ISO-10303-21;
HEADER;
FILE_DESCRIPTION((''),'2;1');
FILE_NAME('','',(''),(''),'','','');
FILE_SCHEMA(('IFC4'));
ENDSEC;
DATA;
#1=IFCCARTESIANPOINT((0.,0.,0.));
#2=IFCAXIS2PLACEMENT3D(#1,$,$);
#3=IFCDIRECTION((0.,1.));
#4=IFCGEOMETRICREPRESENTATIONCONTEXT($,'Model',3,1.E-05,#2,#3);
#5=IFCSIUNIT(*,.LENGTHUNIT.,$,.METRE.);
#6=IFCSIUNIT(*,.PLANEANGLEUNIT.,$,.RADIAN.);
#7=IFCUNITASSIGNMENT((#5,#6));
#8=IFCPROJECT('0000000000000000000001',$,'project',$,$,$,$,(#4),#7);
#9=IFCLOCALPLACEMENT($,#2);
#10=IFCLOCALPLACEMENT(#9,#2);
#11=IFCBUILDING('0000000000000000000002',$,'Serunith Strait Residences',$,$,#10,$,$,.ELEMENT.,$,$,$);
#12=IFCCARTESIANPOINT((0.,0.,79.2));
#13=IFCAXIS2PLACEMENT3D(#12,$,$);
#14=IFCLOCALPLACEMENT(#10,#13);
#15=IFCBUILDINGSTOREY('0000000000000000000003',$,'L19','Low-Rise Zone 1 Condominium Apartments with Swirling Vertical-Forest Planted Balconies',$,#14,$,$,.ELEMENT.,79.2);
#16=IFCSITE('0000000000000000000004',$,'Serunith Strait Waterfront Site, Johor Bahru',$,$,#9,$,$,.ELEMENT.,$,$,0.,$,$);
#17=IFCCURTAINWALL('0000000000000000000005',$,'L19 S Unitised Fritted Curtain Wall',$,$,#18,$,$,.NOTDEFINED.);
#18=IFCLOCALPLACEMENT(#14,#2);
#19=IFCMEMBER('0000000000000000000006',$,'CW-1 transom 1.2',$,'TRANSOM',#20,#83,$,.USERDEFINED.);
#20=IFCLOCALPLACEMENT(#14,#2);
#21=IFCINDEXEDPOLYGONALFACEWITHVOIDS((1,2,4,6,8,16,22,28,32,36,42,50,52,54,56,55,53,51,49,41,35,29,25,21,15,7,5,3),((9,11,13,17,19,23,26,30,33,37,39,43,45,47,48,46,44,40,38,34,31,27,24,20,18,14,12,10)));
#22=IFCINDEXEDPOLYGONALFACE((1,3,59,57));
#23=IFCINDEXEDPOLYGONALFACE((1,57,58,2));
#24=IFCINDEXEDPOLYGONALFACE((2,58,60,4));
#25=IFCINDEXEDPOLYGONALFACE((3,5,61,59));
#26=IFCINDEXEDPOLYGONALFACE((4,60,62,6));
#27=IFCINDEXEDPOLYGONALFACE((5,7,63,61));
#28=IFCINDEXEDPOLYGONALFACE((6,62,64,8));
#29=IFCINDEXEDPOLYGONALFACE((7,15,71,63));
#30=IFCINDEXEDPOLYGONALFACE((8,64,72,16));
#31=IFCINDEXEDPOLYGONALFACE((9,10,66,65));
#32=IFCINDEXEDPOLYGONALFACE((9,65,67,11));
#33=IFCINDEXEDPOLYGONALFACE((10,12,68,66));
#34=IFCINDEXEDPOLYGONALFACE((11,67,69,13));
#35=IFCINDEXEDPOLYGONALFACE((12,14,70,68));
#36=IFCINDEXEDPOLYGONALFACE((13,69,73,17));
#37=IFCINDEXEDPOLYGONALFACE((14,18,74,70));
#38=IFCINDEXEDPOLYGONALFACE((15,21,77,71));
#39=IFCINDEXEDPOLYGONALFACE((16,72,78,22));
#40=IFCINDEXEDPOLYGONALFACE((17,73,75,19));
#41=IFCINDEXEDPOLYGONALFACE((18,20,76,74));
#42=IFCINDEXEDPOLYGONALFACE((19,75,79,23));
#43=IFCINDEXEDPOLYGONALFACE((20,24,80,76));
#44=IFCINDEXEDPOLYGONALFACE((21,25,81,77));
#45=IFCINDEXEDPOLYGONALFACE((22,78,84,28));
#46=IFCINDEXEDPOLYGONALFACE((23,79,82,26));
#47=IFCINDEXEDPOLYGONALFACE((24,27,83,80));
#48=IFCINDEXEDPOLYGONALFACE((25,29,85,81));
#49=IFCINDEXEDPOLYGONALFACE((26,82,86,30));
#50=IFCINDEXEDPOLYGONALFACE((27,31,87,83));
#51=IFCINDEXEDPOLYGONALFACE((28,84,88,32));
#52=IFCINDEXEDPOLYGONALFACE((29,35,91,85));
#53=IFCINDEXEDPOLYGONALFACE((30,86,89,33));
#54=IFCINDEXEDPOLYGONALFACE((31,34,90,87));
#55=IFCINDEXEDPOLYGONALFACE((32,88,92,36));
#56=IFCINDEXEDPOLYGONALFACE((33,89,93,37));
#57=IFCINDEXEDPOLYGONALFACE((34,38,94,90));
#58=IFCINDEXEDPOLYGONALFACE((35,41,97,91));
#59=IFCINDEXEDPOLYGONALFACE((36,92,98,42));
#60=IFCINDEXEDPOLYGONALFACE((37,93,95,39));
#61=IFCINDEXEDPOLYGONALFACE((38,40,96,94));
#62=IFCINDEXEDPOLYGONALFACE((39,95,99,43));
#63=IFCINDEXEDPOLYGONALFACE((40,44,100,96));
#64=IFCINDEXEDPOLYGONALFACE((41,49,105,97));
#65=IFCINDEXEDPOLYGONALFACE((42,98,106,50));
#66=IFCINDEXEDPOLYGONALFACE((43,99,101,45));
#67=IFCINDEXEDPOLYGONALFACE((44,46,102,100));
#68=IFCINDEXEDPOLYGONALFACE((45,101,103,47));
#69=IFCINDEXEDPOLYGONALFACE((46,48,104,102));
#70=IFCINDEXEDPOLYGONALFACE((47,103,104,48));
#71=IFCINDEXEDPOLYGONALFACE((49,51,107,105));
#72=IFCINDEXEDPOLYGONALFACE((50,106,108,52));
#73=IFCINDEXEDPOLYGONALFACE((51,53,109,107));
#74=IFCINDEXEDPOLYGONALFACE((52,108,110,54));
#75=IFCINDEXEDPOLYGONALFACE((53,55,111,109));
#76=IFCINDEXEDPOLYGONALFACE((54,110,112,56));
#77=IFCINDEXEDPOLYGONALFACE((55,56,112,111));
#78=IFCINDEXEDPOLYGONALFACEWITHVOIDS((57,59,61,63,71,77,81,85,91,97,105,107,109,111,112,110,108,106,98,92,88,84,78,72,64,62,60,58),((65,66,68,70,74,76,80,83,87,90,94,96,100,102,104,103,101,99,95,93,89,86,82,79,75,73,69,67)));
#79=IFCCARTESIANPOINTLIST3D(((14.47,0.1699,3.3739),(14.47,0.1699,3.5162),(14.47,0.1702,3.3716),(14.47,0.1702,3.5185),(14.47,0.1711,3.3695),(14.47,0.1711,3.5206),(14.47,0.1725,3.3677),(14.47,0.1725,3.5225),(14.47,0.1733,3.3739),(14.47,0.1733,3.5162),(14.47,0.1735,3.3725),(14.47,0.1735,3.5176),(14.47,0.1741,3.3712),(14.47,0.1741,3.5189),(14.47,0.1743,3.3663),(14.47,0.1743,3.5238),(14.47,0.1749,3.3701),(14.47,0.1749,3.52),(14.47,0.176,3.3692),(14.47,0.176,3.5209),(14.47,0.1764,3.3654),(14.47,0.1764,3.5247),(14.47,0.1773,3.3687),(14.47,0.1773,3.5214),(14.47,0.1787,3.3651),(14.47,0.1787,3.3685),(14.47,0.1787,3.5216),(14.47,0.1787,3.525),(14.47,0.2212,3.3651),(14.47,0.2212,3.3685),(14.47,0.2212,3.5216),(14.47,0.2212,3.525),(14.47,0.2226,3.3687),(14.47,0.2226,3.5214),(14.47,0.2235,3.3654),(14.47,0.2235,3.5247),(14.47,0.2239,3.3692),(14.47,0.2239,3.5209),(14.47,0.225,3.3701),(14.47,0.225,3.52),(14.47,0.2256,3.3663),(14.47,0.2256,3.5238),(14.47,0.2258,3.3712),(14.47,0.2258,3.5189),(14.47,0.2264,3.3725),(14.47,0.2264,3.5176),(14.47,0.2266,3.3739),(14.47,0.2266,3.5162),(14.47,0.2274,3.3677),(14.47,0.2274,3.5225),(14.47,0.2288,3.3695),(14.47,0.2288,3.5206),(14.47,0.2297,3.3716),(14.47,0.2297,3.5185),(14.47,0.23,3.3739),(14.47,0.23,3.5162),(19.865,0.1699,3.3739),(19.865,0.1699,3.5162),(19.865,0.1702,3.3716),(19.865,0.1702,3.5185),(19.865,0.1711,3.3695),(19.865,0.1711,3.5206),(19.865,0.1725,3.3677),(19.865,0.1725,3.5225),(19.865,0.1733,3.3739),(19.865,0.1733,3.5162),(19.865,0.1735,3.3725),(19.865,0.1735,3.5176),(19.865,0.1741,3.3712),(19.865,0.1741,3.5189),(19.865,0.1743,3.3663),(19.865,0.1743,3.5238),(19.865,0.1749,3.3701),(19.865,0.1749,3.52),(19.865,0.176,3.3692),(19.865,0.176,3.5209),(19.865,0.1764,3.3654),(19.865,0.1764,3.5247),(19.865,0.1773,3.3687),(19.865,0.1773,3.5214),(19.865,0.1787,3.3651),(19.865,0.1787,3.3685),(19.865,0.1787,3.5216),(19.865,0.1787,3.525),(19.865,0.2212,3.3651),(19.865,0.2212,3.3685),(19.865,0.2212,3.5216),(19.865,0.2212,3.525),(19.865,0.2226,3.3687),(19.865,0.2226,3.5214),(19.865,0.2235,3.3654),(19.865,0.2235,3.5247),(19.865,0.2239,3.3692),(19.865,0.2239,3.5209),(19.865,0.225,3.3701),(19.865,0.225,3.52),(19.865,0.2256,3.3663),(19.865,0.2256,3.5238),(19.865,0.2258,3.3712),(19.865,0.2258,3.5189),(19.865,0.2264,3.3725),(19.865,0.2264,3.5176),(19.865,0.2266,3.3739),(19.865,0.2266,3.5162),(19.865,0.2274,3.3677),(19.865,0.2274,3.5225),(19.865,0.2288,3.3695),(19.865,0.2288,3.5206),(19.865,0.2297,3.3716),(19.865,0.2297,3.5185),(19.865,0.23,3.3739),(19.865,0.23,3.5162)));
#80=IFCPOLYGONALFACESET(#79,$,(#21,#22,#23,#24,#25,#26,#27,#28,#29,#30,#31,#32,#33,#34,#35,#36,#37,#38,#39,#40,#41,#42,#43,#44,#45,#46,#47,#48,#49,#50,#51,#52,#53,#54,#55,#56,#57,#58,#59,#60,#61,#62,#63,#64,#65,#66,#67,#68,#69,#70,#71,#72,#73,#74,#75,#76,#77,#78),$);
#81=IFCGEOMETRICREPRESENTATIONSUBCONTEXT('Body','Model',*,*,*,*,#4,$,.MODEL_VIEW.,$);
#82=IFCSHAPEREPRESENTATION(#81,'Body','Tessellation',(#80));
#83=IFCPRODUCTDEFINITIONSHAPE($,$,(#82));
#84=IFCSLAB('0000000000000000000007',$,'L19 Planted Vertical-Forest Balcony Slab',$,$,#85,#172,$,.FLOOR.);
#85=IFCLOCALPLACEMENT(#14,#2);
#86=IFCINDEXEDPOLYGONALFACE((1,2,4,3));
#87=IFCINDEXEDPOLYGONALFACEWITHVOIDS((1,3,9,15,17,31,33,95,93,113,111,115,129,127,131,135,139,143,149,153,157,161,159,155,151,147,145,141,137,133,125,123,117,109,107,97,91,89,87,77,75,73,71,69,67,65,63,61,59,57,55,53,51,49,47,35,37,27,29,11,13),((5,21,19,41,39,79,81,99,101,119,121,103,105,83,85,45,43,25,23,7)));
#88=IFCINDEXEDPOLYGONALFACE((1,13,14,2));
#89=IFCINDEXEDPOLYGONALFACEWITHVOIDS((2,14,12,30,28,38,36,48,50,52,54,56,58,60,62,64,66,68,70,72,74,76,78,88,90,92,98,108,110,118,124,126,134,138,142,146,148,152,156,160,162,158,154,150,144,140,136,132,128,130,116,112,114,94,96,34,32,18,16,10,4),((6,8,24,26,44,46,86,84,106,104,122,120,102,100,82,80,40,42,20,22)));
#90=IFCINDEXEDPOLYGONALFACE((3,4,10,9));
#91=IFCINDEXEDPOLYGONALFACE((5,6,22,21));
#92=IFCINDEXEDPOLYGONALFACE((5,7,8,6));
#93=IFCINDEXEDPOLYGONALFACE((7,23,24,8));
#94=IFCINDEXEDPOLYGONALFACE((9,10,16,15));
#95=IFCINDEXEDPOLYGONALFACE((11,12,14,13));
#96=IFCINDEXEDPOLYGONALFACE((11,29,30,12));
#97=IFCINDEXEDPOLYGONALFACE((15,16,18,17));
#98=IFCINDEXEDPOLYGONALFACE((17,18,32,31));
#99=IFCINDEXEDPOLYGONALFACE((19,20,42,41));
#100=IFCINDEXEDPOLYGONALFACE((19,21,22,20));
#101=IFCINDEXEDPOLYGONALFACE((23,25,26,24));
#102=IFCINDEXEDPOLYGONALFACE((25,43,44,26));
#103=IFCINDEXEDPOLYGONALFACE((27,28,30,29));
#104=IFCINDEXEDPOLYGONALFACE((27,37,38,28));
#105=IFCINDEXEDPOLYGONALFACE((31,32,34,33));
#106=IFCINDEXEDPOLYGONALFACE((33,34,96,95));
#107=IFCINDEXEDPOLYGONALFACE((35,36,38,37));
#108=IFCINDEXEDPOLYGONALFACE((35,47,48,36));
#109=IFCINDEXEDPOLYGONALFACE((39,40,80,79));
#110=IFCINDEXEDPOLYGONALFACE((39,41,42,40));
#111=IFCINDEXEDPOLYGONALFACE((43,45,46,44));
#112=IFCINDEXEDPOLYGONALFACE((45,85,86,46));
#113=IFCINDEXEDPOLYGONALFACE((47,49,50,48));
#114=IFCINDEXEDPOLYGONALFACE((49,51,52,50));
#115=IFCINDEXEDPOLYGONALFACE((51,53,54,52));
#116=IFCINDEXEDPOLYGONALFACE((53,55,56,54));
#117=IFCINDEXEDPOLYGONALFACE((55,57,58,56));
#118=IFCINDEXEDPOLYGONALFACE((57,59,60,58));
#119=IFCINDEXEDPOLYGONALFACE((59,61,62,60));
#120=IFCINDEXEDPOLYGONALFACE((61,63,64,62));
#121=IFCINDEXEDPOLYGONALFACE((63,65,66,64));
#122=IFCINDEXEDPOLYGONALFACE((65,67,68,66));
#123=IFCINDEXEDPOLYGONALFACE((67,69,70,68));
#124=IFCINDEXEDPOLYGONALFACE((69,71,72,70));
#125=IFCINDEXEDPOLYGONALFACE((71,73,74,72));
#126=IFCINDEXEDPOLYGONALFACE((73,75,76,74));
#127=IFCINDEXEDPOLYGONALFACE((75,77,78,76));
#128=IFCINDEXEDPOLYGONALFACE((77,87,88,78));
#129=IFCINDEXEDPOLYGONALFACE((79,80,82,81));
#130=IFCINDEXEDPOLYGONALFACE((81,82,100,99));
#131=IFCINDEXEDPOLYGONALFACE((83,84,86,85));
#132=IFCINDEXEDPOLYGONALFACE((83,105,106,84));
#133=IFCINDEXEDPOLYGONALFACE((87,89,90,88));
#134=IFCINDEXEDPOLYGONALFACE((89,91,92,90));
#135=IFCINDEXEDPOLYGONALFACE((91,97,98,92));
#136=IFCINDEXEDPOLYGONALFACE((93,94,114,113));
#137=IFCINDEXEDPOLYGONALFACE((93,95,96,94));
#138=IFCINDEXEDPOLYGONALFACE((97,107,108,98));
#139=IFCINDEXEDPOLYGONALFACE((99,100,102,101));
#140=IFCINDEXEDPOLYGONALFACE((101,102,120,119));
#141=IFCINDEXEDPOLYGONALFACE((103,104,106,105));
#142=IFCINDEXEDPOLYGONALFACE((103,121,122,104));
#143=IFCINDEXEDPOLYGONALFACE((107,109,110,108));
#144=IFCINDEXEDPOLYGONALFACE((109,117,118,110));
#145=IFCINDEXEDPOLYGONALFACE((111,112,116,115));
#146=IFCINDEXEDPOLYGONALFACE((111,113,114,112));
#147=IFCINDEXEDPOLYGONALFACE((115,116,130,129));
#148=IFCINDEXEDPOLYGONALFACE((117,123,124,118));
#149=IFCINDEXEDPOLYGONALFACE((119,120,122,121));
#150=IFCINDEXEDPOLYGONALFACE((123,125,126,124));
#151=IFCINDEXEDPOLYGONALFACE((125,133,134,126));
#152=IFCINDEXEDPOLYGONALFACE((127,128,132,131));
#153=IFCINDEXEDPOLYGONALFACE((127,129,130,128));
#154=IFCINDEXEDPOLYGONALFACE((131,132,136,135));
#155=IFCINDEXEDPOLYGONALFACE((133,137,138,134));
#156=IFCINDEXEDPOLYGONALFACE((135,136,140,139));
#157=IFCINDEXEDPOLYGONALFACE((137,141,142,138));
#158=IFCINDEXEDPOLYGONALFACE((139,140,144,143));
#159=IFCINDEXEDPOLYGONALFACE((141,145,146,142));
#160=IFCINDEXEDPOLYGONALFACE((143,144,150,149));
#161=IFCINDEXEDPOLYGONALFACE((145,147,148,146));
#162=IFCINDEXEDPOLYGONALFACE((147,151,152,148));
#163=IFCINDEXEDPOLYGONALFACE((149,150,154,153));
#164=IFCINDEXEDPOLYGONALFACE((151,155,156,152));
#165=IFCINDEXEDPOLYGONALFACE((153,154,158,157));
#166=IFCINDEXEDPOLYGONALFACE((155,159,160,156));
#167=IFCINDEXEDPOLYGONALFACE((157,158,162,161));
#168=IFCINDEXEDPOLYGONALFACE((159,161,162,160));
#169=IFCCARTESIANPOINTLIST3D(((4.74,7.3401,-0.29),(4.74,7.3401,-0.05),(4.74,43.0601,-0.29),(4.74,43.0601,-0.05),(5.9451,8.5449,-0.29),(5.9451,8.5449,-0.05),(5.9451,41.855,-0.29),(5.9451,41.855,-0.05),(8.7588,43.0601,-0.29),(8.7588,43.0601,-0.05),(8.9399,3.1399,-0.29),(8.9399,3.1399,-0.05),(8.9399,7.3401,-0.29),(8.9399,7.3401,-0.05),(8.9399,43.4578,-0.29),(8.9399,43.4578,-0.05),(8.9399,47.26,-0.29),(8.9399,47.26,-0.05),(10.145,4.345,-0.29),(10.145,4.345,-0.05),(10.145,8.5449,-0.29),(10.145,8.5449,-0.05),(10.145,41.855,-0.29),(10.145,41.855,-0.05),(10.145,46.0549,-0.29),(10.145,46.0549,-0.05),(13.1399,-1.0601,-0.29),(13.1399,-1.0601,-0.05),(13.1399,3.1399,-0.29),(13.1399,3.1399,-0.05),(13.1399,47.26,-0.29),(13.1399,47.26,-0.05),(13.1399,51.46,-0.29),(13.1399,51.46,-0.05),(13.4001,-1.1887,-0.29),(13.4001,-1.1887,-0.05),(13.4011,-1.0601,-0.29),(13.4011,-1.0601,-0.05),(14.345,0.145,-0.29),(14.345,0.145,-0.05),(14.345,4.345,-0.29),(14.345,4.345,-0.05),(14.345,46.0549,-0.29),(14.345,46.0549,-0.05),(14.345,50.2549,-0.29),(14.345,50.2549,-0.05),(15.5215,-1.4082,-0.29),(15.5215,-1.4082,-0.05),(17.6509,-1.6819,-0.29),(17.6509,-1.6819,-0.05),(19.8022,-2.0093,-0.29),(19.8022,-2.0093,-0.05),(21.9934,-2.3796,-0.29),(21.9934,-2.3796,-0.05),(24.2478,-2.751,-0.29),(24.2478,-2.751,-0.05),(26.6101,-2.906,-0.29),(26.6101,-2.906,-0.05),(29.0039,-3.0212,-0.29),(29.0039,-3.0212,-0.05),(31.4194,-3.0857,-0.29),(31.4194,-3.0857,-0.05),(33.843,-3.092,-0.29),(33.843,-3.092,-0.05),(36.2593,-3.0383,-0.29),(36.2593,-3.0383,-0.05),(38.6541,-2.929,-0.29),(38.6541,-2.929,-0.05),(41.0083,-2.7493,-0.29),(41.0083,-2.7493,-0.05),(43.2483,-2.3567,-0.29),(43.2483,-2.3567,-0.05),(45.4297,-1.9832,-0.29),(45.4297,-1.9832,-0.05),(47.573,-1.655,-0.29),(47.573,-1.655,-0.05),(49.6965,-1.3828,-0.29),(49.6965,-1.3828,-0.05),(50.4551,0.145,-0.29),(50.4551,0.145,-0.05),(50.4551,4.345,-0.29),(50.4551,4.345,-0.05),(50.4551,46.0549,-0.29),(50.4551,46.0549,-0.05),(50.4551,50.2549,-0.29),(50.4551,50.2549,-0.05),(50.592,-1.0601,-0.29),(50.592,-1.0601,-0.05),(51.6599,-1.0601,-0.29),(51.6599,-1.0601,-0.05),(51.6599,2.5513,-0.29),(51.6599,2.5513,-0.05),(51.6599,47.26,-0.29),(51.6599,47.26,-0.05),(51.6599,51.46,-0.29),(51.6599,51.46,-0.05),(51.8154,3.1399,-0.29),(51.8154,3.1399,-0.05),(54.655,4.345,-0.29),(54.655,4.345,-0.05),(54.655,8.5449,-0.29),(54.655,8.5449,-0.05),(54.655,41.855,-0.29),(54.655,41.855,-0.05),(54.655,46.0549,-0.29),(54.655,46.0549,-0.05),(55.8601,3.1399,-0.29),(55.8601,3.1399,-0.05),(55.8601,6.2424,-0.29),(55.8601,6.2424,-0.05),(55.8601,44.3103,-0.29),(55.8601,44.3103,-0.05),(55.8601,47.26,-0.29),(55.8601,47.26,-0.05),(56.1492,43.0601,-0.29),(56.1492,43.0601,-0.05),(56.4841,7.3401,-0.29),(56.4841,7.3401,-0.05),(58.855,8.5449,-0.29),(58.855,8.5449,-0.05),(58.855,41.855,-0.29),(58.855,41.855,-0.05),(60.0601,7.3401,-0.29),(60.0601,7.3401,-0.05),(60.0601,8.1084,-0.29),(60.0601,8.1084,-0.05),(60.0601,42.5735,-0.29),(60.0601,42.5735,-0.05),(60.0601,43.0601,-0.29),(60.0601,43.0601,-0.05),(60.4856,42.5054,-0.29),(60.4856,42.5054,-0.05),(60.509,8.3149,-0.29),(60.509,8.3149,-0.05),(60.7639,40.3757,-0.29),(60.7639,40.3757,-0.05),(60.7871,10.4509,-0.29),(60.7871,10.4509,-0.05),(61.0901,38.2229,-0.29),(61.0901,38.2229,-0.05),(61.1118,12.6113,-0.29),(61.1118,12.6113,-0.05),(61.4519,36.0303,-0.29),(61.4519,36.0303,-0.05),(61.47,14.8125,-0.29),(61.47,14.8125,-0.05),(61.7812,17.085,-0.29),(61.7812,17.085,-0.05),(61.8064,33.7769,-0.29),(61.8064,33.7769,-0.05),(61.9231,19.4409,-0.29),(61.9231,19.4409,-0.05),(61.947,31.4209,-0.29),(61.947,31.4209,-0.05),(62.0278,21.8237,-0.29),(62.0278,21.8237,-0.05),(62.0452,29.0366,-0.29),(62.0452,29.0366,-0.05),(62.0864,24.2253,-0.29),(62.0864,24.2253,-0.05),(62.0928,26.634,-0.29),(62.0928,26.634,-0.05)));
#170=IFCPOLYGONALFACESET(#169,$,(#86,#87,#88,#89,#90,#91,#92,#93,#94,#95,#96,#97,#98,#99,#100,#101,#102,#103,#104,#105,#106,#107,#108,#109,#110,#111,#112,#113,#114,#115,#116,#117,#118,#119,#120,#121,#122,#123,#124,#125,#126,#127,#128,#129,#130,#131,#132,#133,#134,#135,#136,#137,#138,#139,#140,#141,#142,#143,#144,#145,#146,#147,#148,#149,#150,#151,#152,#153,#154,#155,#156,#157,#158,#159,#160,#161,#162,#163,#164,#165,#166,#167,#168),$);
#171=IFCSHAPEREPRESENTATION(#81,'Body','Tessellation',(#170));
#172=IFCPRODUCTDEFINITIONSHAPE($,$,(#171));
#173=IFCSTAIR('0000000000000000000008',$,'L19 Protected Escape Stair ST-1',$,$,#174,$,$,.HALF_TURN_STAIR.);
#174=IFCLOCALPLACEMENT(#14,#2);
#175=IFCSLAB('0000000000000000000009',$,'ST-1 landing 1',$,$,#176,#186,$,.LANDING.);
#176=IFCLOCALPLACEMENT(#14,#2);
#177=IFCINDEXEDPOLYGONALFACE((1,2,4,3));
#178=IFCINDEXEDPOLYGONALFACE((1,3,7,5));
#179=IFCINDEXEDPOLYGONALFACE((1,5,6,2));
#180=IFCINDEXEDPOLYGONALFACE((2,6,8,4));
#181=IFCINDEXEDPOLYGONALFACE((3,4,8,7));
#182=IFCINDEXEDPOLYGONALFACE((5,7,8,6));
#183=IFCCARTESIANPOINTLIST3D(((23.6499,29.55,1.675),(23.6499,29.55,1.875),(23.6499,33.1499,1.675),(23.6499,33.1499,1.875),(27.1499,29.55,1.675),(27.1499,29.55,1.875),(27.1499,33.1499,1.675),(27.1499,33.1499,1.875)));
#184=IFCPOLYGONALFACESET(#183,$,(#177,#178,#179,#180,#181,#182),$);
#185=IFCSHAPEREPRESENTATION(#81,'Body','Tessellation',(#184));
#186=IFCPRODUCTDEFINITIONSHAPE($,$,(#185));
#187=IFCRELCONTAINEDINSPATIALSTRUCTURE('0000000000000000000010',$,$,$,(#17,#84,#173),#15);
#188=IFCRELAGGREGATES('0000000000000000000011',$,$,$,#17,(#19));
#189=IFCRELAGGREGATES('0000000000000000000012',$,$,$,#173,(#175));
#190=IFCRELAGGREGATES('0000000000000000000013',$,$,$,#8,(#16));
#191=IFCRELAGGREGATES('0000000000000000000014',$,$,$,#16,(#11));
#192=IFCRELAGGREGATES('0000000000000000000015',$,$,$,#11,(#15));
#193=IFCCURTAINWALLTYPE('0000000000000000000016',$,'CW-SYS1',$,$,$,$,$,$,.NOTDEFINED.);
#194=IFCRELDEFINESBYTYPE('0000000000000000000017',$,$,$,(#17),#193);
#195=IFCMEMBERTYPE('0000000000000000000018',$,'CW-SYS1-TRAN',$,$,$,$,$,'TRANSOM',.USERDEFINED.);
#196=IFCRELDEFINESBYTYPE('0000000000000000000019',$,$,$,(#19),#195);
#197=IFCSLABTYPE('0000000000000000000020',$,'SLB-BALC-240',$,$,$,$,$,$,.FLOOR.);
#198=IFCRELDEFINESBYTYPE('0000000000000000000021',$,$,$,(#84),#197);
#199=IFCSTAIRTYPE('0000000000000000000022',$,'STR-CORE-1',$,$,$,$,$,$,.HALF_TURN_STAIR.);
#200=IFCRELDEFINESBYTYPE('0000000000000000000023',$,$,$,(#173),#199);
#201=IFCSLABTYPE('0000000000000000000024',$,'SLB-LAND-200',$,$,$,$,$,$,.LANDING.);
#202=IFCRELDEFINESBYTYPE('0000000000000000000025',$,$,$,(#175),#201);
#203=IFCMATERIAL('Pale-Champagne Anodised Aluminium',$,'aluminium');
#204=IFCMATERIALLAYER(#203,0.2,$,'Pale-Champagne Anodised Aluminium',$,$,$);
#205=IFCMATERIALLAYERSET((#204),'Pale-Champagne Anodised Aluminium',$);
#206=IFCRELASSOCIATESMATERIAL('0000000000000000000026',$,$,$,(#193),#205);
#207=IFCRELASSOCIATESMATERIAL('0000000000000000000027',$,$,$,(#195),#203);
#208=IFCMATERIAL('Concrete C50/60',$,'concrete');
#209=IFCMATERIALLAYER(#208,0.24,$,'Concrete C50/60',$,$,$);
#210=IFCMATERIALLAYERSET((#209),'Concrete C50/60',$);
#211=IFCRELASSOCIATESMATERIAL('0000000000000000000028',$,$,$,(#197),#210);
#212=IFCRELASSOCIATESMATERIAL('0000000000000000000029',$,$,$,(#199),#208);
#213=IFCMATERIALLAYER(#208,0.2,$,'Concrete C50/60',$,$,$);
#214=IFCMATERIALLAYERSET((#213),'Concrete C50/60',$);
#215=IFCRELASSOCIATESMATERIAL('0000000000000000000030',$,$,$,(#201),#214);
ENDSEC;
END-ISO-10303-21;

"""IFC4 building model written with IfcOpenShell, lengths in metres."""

from ifc_helpers import new_model, si_unit, direction, frame, origin, origin_2d, place, context, subcontext, project, spatial, polyline, hollow_rectangle, outline, extrude, source, transform, mapped, material, layer, layer_set, material_profile, profile_set, type_object, element, aggregate, save


model = new_model("IFC4")

# Units and contexts
model_context = context("Model", 3, precision=1e-05, world=origin(), true_north=direction((0.0, 1.0)))
body_context = subcontext(model_context, "Body", "Model", "MODEL_VIEW")
ifc_project = project(units=[si_unit("LENGTHUNIT", "METRE"), si_unit("PLANEANGLEUNIT", "RADIAN")], contexts=[model_context])

# Site, building, storey
site_placement = place(None, origin())
site = spatial("IfcSite", under=ifc_project, at=site_placement, Name="Serunith Strait Waterfront Site, Johor Bahru", CompositionType="ELEMENT", RefElevation=0.0)
building_placement = place(site_placement, origin())
building = spatial("IfcBuilding", under=site, at=building_placement, Name="Serunith Strait Residences", CompositionType="ELEMENT")
storey_placement = place(building_placement, frame((0.0, 0.0, 79.2)))
storey = spatial("IfcBuildingStorey", under=building, at=storey_placement, Name="L19", Description="Low-Rise Zone 1 Condominium Apartments with Swirling Vertical-Forest Planted Balconies", CompositionType="ELEMENT", Elevation=79.2)

# Curtain wall
ifc_material_1 = material(Name="Pale-Champagne Anodised Aluminium", Category="aluminium")
ifc_layer_1 = layer(ifc_material_1, 0.2, Name="Pale-Champagne Anodised Aluminium")
ifc_layer_set_1 = layer_set([ifc_layer_1], Name="Pale-Champagne Anodised Aluminium")
curtain_wall_type = type_object("IfcCurtainWallType", Name="CW-SYS1", PredefinedType="NOTDEFINED", material=ifc_layer_set_1)
curtain_wall_1_placement = place(storey_placement, origin())
curtain_wall_1 = element("IfcCurtainWall", 1, at=curtain_wall_1_placement, inside=storey, type_object=curtain_wall_type, Name="L19 S Unitised Fritted Curtain Wall", PredefinedType="NOTDEFINED")

# Member
ifc_material_profile_1 = material_profile(ifc_material_1, hollow_rectangle(XDim=0.0601, YDim=0.1599, WallThickness=0.0034, InnerFilletRadius=0.0054, OuterFilletRadius=0.0088, at=origin_2d()), Name="ALU 160x60x3.5")
ifc_profile_set_1 = profile_set([ifc_material_profile_1], Name="Pale-Champagne Anodised Aluminium")
member_type_1 = type_object("IfcMemberType", Name="CW-SYS1-TRAN", ElementType="TRANSOM", PredefinedType="USERDEFINED", material=ifc_profile_set_1)
shared_shape_1 = source(origin(), body_context, "Body", "SweptSolid", [
    extrude(hollow_rectangle(XDim=0.0601, YDim=0.1599, WallThickness=0.0034, InnerFilletRadius=0.0054, OuterFilletRadius=0.0088, at=origin_2d()), origin(), (0.0, 0.0, 1.0), 5.395),
])
member_1_placement = place(storey_placement, frame((14.47, 0.2, 3.4451), z_axis=(1.0, 0.0, 0.0), x_axis=(0.0, 1.0, 0.0)))
member_1 = element("IfcMember", 2, at=member_1_placement, type_object=member_type_1, Name="CW-1 transom 1.2", ObjectType="TRANSOM", PredefinedType="USERDEFINED", context=body_context, shape_type="MappedRepresentation", body=[
    mapped(shared_shape_1, transform((0.0, 0.0, 0.0), scale=1.0)),
])
aggregate(curtain_wall_1, [member_1])

# Slab
ifc_material_2 = material(Name="Concrete C50/60", Category="concrete")
ifc_layer_2 = layer(ifc_material_2, 0.24, Name="Concrete C50/60")
ifc_layer_set_2 = layer_set([ifc_layer_2], Name="Concrete C50/60")
slab_type_1 = type_object("IfcSlabType", Name="SLB-BALC-240", PredefinedType="FLOOR", material=ifc_layer_set_2)
slab_1_placement = place(storey_placement, frame((0.0, 0.0, -0.29)))
element("IfcSlab", 3, at=slab_1_placement, inside=storey, type_object=slab_type_1, Name="L19 Planted Vertical-Forest Balcony Slab", PredefinedType="FLOOR", context=body_context, shape_type="SweptSolid", body=[
    extrude(outline(polyline([(13.1399, 3.1399), (8.9399, 3.1399), (8.9399, 7.3401), (4.74, 7.3401), (4.74, 43.0601), (8.7588, 43.0601), (8.9399, 43.4578), (8.9399, 47.26), (13.1399, 47.26), (13.1399, 51.46), (51.6599, 51.46), (51.6599, 47.26), (55.8601, 47.26), (55.8601, 44.3103), (56.1492, 43.0601), (60.0601, 43.0601), (60.0601, 42.5735), (60.4856, 42.5054), (60.7639, 40.3757), (61.0901, 38.2229), (61.4519, 36.0303), (61.8064, 33.7769), (61.947, 31.4209), (62.0452, 29.0366), (62.0928, 26.634), (62.0864, 24.2253), (62.0278, 21.8237), (61.9231, 19.4409), (61.7812, 17.085), (61.47, 14.8125), (61.1118, 12.6113), (60.7871, 10.4509), (60.509, 8.3149), (60.0601, 8.1084), (60.0601, 7.3401), (56.4841, 7.3401), (55.8601, 6.2424), (55.8601, 3.1399), (51.8154, 3.1399), (51.6599, 2.5513), (51.6599, -1.0601), (50.592, -1.0601), (49.6965, -1.3828), (47.573, -1.655), (45.4297, -1.9832), (43.2483, -2.3567), (41.0083, -2.7493), (38.6541, -2.929), (36.2593, -3.0383), (33.843, -3.092), (31.4194, -3.0857), (29.0039, -3.0212), (26.6101, -2.906), (24.2478, -2.751), (21.9934, -2.3796), (19.8022, -2.0093), (17.6509, -1.6819), (15.5215, -1.4082), (13.4001, -1.1887), (13.4011, -1.0601), (13.1399, -1.0601), (13.1399, 3.1399)]), holes=[polyline([(50.4551, 0.145), (50.4551, 4.345), (54.655, 4.345), (54.655, 8.5449), (58.855, 8.5449), (58.855, 41.855), (54.655, 41.855), (54.655, 46.0549), (50.4551, 46.0549), (50.4551, 50.2549), (14.345, 50.2549), (14.345, 46.0549), (10.145, 46.0549), (10.145, 41.855), (5.9451, 41.855), (5.9451, 8.5449), (10.145, 8.5449), (10.145, 4.345), (14.345, 4.345), (14.345, 0.145), (50.4551, 0.145)])]), origin(), (0.0, 0.0, 1.0), 0.24),
])

# Stair, slab
stair_type_1 = type_object("IfcStairType", Name="STR-CORE-1", PredefinedType="HALF_TURN_STAIR", material=ifc_material_2)
stair_1_placement = place(storey_placement, origin())
stair_1 = element("IfcStair", 4, at=stair_1_placement, inside=storey, type_object=stair_type_1, Name="L19 Protected Escape Stair ST-1", PredefinedType="HALF_TURN_STAIR")
ifc_layer_3 = layer(ifc_material_2, 0.2, Name="Concrete C50/60")
ifc_layer_set_3 = layer_set([ifc_layer_3], Name="Concrete C50/60")
slab_type_2 = type_object("IfcSlabType", Name="SLB-LAND-200", PredefinedType="LANDING", material=ifc_layer_set_3)
slab_2_placement = place(storey_placement, frame((0.0, 0.0, 1.675)))
slab_2 = element("IfcSlab", 5, at=slab_2_placement, type_object=slab_type_2, Name="ST-1 landing 1", PredefinedType="LANDING", context=body_context, shape_type="SweptSolid", body=[
    extrude(outline(polyline([(27.1499, 29.55), (27.1499, 33.1499), (23.6499, 33.1499), (23.6499, 29.55), (27.1499, 29.55)])), origin(), (0.0, 0.0, 1.0), 0.2),
])
aggregate(stair_1, [slab_2])

save(model, "model.ifc")
